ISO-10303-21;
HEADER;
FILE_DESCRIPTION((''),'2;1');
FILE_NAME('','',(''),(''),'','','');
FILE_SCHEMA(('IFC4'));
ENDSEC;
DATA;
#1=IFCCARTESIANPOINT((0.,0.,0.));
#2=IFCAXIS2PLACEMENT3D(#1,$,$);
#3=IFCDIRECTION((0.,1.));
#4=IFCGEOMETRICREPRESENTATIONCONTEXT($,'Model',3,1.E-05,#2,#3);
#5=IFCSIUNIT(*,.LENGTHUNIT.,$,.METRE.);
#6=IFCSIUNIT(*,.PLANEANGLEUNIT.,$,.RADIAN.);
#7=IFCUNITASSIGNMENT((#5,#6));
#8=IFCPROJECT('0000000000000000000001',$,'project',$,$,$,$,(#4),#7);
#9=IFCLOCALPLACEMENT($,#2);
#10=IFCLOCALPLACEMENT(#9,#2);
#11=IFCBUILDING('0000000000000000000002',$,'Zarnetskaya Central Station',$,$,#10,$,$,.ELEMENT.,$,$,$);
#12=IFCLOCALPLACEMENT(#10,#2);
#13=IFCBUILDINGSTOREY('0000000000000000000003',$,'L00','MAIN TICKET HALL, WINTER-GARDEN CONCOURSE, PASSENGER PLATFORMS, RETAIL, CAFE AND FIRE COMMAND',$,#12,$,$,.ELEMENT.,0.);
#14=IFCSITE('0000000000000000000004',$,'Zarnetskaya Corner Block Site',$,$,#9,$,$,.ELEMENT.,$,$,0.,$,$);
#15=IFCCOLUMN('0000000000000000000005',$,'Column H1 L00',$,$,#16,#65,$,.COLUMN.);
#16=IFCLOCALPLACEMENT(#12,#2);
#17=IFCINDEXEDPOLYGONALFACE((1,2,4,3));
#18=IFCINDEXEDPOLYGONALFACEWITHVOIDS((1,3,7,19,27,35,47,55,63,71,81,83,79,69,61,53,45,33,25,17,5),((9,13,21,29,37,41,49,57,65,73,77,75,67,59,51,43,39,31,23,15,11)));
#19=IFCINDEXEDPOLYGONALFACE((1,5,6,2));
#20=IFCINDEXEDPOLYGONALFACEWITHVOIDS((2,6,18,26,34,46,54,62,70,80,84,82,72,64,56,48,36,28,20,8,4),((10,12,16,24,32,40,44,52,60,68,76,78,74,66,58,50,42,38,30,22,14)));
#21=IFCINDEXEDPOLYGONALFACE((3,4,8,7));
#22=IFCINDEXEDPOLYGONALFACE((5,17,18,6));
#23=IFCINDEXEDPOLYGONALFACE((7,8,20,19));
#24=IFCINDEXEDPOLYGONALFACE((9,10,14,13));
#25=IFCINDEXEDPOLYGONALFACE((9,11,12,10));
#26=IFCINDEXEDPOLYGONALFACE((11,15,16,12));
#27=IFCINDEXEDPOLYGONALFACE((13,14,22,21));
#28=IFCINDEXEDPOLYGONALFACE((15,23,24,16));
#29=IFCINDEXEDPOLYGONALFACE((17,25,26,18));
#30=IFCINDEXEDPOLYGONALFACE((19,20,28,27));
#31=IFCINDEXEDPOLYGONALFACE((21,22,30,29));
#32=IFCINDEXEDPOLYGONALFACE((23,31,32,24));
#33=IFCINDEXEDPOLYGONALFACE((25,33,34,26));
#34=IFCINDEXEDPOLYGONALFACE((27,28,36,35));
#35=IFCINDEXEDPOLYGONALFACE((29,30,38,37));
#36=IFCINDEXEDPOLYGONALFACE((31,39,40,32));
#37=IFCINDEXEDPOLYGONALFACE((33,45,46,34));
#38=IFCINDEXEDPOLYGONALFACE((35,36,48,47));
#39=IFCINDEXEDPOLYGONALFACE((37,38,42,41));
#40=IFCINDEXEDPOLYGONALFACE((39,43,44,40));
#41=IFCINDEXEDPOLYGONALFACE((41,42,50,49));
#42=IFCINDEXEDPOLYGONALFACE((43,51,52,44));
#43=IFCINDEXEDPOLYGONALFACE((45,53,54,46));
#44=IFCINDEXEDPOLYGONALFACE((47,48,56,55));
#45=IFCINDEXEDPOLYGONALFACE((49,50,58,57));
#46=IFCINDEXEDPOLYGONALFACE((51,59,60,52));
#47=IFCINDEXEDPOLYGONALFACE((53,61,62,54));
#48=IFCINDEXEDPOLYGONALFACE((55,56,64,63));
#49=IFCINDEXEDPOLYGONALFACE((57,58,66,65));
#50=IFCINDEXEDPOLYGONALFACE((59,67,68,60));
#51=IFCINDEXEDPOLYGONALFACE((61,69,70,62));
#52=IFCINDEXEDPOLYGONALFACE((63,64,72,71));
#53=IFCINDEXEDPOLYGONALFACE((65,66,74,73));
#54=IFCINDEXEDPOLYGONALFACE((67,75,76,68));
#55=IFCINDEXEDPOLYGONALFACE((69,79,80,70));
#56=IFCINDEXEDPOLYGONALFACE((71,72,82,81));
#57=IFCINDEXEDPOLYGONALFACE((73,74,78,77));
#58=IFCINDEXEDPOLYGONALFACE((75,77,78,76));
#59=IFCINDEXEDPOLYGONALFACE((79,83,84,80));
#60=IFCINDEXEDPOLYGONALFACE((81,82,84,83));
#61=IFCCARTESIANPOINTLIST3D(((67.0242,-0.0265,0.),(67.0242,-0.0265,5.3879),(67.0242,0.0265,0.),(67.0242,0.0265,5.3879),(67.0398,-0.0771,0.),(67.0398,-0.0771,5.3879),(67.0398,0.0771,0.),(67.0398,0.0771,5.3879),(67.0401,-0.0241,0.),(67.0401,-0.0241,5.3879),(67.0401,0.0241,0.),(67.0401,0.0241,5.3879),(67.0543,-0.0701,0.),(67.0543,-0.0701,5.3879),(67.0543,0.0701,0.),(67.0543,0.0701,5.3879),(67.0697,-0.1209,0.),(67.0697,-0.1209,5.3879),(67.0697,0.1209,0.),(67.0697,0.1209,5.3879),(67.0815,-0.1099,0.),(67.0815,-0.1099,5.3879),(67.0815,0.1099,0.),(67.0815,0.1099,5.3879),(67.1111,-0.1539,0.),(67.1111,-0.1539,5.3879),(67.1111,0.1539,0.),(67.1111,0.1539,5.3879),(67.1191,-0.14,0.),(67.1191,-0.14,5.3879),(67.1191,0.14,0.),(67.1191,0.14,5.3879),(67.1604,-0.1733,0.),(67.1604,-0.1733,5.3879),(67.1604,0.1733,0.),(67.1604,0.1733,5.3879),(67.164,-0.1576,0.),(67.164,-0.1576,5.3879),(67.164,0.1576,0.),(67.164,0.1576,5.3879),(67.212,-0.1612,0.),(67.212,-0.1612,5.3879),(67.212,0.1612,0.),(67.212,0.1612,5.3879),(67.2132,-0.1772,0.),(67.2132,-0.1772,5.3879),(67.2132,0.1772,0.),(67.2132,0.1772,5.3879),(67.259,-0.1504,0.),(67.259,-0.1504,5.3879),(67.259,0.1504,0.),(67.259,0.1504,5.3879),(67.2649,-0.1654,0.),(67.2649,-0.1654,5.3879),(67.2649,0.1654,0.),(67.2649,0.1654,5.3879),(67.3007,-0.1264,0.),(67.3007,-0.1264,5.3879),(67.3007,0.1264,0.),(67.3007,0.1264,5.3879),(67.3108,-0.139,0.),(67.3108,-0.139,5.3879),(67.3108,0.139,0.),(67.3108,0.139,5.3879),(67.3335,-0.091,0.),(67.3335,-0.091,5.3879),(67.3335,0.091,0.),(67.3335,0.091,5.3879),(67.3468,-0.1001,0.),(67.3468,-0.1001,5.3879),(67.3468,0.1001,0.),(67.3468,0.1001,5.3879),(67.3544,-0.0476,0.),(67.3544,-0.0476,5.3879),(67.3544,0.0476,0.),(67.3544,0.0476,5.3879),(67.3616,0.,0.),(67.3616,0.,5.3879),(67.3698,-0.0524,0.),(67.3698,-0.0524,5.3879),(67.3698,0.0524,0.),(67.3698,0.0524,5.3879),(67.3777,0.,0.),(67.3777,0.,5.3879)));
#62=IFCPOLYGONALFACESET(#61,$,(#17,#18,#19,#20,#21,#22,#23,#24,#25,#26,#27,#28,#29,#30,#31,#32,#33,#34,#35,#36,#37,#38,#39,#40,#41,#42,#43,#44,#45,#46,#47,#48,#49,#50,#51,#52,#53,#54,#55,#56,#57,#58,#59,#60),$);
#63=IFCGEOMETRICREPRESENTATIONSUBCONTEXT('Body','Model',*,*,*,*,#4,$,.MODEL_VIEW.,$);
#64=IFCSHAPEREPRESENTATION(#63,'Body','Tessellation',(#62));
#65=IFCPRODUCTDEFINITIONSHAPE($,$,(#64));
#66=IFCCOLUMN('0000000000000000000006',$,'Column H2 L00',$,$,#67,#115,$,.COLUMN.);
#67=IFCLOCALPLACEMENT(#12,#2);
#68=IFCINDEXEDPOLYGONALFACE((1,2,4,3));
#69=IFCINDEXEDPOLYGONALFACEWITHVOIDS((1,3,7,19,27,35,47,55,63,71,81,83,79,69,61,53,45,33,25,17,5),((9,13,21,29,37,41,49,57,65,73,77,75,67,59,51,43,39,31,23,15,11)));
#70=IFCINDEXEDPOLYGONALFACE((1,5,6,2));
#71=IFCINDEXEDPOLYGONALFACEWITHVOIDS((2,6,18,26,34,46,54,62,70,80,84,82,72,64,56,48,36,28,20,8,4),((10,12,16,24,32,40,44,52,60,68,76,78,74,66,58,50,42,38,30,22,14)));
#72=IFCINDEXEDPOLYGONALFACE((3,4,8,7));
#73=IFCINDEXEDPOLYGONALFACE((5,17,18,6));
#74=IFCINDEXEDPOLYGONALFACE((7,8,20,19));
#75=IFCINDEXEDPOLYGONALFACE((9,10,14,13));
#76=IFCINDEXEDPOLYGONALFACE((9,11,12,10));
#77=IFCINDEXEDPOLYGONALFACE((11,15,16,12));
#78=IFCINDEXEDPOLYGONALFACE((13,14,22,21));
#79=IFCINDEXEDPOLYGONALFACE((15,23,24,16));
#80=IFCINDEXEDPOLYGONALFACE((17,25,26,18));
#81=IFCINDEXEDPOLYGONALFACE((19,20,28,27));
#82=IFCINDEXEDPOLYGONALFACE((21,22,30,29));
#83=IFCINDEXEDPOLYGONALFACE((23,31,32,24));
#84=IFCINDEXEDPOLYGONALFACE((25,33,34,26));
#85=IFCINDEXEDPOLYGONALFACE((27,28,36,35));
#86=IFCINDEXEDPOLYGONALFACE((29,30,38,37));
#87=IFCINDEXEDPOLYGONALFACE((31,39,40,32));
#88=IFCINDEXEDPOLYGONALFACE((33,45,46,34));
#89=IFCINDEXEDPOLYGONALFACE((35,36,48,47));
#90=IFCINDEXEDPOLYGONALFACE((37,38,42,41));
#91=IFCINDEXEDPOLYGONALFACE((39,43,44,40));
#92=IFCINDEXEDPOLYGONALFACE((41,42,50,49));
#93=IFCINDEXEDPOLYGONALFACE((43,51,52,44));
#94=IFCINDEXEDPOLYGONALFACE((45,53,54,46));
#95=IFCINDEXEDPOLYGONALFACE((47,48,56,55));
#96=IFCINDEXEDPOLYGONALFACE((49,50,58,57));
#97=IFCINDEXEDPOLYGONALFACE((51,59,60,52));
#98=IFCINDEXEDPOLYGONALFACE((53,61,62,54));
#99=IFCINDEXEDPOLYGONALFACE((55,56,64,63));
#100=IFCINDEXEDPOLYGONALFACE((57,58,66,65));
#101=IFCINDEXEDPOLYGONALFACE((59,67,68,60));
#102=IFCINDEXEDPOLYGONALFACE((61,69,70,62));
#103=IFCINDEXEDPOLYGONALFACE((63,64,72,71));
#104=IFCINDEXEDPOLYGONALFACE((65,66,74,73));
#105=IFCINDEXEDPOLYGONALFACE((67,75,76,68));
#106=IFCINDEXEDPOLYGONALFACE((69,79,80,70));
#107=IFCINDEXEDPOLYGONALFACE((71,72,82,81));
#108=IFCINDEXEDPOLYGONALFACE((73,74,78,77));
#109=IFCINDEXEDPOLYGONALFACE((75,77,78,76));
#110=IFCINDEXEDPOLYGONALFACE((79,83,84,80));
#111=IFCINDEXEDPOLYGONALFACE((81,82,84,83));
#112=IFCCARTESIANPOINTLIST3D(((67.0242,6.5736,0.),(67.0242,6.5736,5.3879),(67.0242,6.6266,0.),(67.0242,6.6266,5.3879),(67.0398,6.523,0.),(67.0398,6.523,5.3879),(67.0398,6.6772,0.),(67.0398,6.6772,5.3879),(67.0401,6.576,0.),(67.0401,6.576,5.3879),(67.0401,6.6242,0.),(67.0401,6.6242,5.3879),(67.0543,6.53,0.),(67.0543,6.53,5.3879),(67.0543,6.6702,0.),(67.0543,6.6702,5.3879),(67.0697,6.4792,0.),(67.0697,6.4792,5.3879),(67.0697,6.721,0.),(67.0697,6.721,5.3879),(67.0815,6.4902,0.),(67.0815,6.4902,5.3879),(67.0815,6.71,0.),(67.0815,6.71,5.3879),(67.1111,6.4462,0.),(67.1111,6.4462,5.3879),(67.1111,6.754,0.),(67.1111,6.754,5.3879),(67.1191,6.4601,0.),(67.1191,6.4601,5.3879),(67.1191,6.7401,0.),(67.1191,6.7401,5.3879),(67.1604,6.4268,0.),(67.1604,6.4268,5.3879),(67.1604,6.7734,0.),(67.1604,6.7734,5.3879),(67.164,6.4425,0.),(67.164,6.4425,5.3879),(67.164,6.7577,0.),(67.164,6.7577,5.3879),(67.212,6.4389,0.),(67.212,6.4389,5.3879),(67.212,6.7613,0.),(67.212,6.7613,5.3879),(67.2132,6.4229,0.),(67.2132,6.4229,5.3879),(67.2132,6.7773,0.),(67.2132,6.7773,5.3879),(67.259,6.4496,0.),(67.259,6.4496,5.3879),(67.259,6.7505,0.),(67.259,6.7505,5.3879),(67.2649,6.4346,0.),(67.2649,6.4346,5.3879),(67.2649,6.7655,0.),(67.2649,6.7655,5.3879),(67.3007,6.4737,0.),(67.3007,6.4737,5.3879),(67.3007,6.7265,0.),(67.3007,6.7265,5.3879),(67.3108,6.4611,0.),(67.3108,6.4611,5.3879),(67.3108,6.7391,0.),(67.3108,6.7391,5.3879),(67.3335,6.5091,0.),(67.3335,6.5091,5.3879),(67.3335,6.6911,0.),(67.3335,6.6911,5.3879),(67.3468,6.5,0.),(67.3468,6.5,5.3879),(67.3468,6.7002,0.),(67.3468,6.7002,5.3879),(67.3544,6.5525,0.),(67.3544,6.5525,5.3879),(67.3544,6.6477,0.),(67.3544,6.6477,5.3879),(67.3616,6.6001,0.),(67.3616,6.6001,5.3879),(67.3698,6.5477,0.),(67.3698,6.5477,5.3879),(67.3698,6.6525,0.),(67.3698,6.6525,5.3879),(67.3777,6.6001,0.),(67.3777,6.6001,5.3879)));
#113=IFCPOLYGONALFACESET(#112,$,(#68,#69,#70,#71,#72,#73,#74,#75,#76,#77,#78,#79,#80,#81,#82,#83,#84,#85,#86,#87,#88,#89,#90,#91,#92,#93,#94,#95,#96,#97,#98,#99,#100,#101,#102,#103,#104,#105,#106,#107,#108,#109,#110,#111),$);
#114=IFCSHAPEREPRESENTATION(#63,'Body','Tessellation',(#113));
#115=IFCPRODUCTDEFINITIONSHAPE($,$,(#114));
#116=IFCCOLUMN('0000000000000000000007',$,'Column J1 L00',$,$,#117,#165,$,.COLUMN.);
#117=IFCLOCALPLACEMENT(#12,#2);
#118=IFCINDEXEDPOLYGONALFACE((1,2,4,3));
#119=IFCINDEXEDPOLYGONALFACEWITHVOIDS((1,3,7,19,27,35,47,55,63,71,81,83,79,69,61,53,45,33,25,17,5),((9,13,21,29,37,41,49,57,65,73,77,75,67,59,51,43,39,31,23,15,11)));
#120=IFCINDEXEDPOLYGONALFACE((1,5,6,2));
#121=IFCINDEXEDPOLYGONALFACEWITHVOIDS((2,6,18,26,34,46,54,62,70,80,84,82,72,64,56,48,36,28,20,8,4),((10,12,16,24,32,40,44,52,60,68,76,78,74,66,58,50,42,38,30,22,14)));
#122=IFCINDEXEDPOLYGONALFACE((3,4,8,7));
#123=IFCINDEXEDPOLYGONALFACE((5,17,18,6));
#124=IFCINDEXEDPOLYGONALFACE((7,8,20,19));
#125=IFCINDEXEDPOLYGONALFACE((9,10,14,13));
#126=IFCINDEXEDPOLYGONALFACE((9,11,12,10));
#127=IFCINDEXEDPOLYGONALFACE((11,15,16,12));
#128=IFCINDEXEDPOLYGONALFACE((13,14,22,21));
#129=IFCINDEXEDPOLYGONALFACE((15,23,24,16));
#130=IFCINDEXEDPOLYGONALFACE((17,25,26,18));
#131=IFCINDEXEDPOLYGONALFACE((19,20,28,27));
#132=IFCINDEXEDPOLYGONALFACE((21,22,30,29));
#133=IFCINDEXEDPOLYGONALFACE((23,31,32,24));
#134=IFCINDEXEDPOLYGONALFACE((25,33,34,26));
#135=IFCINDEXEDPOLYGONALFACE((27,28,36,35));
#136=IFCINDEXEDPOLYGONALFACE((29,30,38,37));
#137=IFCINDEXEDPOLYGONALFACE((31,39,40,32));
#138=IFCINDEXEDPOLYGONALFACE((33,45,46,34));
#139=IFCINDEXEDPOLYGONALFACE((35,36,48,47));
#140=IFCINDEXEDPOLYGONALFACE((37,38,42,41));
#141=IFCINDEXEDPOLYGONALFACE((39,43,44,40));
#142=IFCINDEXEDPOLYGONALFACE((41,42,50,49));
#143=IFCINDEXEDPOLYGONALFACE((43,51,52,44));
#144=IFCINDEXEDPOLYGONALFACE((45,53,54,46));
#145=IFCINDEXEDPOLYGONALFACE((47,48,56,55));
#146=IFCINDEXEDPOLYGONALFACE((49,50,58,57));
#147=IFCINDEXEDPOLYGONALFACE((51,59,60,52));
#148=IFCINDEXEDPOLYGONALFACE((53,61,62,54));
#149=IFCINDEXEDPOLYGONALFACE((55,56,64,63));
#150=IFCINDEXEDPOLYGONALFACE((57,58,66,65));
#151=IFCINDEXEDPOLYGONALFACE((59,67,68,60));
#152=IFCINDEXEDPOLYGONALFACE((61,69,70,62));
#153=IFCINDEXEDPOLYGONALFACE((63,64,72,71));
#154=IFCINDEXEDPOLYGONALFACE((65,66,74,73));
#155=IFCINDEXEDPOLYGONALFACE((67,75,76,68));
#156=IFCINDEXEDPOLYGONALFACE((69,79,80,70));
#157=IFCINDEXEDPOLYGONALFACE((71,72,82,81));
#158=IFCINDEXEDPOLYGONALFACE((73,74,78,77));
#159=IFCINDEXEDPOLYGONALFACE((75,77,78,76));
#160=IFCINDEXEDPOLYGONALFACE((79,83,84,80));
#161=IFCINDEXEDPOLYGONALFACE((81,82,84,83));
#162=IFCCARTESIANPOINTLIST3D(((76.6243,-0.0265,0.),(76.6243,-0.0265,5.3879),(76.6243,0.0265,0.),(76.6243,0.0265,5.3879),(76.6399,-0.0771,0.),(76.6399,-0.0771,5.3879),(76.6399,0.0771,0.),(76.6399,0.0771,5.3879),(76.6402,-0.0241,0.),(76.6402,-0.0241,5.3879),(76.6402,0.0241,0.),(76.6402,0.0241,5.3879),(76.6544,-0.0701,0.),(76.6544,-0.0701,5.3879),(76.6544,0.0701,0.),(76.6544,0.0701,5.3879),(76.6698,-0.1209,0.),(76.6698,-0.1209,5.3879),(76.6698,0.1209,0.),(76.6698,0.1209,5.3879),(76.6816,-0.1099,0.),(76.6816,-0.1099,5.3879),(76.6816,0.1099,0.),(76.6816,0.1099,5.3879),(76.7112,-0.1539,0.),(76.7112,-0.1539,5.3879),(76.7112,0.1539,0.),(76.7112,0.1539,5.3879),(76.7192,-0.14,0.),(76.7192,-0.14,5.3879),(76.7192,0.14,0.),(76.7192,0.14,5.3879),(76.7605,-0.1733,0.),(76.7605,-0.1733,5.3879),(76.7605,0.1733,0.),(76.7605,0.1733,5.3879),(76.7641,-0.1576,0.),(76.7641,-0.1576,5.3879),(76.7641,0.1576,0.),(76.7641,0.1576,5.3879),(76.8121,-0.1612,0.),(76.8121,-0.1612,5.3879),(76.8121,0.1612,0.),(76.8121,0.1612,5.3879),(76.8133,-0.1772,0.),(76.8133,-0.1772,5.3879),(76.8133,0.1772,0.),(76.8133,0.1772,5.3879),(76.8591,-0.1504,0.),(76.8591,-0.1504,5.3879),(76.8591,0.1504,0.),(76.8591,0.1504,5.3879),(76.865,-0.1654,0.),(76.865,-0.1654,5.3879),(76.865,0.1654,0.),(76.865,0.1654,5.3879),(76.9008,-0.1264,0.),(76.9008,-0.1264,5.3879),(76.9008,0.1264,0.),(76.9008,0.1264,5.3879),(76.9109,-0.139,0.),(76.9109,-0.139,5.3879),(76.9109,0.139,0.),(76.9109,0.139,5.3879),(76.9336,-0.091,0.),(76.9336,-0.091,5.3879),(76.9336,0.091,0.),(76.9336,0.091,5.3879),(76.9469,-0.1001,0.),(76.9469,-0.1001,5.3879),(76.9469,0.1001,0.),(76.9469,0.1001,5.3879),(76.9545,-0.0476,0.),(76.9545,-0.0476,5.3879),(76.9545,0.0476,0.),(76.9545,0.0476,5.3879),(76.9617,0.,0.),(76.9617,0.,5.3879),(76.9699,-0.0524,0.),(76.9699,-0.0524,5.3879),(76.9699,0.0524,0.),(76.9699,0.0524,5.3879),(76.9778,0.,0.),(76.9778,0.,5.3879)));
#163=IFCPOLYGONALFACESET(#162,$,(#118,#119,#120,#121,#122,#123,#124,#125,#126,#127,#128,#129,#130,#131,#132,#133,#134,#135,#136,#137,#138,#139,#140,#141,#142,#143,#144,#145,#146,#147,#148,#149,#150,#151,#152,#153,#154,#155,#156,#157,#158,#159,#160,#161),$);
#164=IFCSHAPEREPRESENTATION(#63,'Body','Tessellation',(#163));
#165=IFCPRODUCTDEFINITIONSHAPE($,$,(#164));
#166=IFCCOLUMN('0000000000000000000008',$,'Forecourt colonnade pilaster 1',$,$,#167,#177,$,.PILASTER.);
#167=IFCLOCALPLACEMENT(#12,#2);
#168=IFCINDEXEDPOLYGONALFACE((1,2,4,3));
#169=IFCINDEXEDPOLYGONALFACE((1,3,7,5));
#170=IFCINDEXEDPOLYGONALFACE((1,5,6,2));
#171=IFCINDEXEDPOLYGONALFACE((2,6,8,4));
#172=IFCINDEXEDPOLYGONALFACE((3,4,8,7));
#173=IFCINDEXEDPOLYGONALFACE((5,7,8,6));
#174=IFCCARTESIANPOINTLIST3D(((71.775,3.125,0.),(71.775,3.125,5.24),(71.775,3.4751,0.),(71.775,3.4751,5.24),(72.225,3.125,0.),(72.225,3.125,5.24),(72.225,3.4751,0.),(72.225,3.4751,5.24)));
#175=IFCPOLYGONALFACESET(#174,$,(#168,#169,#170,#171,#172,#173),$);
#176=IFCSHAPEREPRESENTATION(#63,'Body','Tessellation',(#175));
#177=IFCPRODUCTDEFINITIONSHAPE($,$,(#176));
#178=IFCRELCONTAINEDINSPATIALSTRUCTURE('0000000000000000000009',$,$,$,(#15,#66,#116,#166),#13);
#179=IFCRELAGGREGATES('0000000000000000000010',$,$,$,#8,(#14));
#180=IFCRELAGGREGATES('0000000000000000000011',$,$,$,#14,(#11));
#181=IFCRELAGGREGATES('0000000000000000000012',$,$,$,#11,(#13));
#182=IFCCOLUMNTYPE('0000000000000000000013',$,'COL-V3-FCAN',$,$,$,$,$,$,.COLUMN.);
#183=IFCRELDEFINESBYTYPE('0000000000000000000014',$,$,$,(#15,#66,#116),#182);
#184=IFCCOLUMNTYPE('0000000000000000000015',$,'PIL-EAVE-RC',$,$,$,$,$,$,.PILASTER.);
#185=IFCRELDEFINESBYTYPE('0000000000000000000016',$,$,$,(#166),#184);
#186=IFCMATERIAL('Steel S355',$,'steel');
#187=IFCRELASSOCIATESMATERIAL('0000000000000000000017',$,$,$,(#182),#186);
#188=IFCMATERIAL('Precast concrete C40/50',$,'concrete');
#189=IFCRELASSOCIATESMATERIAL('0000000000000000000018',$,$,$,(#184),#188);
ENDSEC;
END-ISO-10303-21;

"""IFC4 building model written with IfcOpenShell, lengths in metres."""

from ifc_helpers import new_model, si_unit, direction, frame, origin, origin_2d, place, context, subcontext, project, spatial, rectangle, hollow_circle, extrude, material, material_profile, profile_set, type_object, element, save


model = new_model("IFC4")

# Units and contexts
model_context = context("Model", 3, precision=1e-05, world=origin(), true_north=direction((0.0, 1.0)))
body_context = subcontext(model_context, "Body", "Model", "MODEL_VIEW")
ifc_project = project(units=[si_unit("LENGTHUNIT", "METRE"), si_unit("PLANEANGLEUNIT", "RADIAN")], contexts=[model_context])

# Site, building, storey
site_placement = place(None, origin())
site = spatial("IfcSite", under=ifc_project, at=site_placement, Name="Zarnetskaya Corner Block Site", CompositionType="ELEMENT", RefElevation=0.0)
building_placement = place(site_placement, origin())
building = spatial("IfcBuilding", under=site, at=building_placement, Name="Zarnetskaya Central Station", CompositionType="ELEMENT")
storey_placement = place(building_placement, origin())
storey = spatial("IfcBuildingStorey", under=building, at=storey_placement, Name="L00", Description="MAIN TICKET HALL, WINTER-GARDEN CONCOURSE, PASSENGER PLATFORMS, RETAIL, CAFE AND FIRE COMMAND", CompositionType="ELEMENT", Elevation=0.0)

# Columns
ifc_material_1 = material(Name="Steel S355", Category="steel")
ifc_material_profile_1 = material_profile(ifc_material_1, hollow_circle(Radius=0.1777, WallThickness=0.0161, at=origin_2d()), Name="CHS 355.6x16")
ifc_profile_set_1 = profile_set([ifc_material_profile_1], Name="Steel S355")
column_type_1 = type_object("IfcColumnType", Name="COL-V3-FCAN", PredefinedType="COLUMN", material=ifc_profile_set_1)
for number, where, z_axis, x_axis, name in (
    (1, (67.2, 0.0, 0.0), (0.0, 0.0, 1.0), (1.0, 0.0, 0.0), "Column H1 L00"),
    (2, (67.2, 6.6001, 0.0), (0.0, 0.0, 1.0), (1.0, 0.0, 0.0), "Column H2 L00"),
    (3, (76.8, 0.0, 0.0), (0.0, 0.0, 1.0), (1.0, 0.0, 0.0), "Column J1 L00"),
):
    element("IfcColumn", number, at=place(storey_placement, frame(where, z_axis=z_axis, x_axis=x_axis)), inside=storey, type_object=column_type_1, Name=name, PredefinedType="COLUMN", context=body_context, shape_type="SweptSolid", body=[
        extrude(hollow_circle(Radius=0.1777, WallThickness=0.0161, at=origin_2d()), origin(), (0.0, 0.0, 1.0), 5.3879),
    ])
ifc_material_2 = material(Name="Precast concrete C40/50", Category="concrete")
ifc_material_profile_2 = material_profile(ifc_material_2, rectangle(XDim=0.45, YDim=0.3501, at=origin_2d()), Name="RC PILASTER 450x350")
ifc_profile_set_2 = profile_set([ifc_material_profile_2], Name="Precast concrete C40/50")
column_type_2 = type_object("IfcColumnType", Name="PIL-EAVE-RC", PredefinedType="PILASTER", material=ifc_profile_set_2)
column_placement = place(storey_placement, frame((72.0, 3.3, 0.0), z_axis=(0.0, 0.0, 1.0), x_axis=(1.0, 0.0, 0.0)))
element("IfcColumn", 4, at=column_placement, inside=storey, type_object=column_type_2, Name="Forecourt colonnade pilaster 1", PredefinedType="PILASTER", context=body_context, shape_type="SweptSolid", body=[
    extrude(rectangle(XDim=0.45, YDim=0.3501, at=origin_2d()), origin(), (0.0, 0.0, 1.0), 5.24),
])

save(model, "model.ifc")
